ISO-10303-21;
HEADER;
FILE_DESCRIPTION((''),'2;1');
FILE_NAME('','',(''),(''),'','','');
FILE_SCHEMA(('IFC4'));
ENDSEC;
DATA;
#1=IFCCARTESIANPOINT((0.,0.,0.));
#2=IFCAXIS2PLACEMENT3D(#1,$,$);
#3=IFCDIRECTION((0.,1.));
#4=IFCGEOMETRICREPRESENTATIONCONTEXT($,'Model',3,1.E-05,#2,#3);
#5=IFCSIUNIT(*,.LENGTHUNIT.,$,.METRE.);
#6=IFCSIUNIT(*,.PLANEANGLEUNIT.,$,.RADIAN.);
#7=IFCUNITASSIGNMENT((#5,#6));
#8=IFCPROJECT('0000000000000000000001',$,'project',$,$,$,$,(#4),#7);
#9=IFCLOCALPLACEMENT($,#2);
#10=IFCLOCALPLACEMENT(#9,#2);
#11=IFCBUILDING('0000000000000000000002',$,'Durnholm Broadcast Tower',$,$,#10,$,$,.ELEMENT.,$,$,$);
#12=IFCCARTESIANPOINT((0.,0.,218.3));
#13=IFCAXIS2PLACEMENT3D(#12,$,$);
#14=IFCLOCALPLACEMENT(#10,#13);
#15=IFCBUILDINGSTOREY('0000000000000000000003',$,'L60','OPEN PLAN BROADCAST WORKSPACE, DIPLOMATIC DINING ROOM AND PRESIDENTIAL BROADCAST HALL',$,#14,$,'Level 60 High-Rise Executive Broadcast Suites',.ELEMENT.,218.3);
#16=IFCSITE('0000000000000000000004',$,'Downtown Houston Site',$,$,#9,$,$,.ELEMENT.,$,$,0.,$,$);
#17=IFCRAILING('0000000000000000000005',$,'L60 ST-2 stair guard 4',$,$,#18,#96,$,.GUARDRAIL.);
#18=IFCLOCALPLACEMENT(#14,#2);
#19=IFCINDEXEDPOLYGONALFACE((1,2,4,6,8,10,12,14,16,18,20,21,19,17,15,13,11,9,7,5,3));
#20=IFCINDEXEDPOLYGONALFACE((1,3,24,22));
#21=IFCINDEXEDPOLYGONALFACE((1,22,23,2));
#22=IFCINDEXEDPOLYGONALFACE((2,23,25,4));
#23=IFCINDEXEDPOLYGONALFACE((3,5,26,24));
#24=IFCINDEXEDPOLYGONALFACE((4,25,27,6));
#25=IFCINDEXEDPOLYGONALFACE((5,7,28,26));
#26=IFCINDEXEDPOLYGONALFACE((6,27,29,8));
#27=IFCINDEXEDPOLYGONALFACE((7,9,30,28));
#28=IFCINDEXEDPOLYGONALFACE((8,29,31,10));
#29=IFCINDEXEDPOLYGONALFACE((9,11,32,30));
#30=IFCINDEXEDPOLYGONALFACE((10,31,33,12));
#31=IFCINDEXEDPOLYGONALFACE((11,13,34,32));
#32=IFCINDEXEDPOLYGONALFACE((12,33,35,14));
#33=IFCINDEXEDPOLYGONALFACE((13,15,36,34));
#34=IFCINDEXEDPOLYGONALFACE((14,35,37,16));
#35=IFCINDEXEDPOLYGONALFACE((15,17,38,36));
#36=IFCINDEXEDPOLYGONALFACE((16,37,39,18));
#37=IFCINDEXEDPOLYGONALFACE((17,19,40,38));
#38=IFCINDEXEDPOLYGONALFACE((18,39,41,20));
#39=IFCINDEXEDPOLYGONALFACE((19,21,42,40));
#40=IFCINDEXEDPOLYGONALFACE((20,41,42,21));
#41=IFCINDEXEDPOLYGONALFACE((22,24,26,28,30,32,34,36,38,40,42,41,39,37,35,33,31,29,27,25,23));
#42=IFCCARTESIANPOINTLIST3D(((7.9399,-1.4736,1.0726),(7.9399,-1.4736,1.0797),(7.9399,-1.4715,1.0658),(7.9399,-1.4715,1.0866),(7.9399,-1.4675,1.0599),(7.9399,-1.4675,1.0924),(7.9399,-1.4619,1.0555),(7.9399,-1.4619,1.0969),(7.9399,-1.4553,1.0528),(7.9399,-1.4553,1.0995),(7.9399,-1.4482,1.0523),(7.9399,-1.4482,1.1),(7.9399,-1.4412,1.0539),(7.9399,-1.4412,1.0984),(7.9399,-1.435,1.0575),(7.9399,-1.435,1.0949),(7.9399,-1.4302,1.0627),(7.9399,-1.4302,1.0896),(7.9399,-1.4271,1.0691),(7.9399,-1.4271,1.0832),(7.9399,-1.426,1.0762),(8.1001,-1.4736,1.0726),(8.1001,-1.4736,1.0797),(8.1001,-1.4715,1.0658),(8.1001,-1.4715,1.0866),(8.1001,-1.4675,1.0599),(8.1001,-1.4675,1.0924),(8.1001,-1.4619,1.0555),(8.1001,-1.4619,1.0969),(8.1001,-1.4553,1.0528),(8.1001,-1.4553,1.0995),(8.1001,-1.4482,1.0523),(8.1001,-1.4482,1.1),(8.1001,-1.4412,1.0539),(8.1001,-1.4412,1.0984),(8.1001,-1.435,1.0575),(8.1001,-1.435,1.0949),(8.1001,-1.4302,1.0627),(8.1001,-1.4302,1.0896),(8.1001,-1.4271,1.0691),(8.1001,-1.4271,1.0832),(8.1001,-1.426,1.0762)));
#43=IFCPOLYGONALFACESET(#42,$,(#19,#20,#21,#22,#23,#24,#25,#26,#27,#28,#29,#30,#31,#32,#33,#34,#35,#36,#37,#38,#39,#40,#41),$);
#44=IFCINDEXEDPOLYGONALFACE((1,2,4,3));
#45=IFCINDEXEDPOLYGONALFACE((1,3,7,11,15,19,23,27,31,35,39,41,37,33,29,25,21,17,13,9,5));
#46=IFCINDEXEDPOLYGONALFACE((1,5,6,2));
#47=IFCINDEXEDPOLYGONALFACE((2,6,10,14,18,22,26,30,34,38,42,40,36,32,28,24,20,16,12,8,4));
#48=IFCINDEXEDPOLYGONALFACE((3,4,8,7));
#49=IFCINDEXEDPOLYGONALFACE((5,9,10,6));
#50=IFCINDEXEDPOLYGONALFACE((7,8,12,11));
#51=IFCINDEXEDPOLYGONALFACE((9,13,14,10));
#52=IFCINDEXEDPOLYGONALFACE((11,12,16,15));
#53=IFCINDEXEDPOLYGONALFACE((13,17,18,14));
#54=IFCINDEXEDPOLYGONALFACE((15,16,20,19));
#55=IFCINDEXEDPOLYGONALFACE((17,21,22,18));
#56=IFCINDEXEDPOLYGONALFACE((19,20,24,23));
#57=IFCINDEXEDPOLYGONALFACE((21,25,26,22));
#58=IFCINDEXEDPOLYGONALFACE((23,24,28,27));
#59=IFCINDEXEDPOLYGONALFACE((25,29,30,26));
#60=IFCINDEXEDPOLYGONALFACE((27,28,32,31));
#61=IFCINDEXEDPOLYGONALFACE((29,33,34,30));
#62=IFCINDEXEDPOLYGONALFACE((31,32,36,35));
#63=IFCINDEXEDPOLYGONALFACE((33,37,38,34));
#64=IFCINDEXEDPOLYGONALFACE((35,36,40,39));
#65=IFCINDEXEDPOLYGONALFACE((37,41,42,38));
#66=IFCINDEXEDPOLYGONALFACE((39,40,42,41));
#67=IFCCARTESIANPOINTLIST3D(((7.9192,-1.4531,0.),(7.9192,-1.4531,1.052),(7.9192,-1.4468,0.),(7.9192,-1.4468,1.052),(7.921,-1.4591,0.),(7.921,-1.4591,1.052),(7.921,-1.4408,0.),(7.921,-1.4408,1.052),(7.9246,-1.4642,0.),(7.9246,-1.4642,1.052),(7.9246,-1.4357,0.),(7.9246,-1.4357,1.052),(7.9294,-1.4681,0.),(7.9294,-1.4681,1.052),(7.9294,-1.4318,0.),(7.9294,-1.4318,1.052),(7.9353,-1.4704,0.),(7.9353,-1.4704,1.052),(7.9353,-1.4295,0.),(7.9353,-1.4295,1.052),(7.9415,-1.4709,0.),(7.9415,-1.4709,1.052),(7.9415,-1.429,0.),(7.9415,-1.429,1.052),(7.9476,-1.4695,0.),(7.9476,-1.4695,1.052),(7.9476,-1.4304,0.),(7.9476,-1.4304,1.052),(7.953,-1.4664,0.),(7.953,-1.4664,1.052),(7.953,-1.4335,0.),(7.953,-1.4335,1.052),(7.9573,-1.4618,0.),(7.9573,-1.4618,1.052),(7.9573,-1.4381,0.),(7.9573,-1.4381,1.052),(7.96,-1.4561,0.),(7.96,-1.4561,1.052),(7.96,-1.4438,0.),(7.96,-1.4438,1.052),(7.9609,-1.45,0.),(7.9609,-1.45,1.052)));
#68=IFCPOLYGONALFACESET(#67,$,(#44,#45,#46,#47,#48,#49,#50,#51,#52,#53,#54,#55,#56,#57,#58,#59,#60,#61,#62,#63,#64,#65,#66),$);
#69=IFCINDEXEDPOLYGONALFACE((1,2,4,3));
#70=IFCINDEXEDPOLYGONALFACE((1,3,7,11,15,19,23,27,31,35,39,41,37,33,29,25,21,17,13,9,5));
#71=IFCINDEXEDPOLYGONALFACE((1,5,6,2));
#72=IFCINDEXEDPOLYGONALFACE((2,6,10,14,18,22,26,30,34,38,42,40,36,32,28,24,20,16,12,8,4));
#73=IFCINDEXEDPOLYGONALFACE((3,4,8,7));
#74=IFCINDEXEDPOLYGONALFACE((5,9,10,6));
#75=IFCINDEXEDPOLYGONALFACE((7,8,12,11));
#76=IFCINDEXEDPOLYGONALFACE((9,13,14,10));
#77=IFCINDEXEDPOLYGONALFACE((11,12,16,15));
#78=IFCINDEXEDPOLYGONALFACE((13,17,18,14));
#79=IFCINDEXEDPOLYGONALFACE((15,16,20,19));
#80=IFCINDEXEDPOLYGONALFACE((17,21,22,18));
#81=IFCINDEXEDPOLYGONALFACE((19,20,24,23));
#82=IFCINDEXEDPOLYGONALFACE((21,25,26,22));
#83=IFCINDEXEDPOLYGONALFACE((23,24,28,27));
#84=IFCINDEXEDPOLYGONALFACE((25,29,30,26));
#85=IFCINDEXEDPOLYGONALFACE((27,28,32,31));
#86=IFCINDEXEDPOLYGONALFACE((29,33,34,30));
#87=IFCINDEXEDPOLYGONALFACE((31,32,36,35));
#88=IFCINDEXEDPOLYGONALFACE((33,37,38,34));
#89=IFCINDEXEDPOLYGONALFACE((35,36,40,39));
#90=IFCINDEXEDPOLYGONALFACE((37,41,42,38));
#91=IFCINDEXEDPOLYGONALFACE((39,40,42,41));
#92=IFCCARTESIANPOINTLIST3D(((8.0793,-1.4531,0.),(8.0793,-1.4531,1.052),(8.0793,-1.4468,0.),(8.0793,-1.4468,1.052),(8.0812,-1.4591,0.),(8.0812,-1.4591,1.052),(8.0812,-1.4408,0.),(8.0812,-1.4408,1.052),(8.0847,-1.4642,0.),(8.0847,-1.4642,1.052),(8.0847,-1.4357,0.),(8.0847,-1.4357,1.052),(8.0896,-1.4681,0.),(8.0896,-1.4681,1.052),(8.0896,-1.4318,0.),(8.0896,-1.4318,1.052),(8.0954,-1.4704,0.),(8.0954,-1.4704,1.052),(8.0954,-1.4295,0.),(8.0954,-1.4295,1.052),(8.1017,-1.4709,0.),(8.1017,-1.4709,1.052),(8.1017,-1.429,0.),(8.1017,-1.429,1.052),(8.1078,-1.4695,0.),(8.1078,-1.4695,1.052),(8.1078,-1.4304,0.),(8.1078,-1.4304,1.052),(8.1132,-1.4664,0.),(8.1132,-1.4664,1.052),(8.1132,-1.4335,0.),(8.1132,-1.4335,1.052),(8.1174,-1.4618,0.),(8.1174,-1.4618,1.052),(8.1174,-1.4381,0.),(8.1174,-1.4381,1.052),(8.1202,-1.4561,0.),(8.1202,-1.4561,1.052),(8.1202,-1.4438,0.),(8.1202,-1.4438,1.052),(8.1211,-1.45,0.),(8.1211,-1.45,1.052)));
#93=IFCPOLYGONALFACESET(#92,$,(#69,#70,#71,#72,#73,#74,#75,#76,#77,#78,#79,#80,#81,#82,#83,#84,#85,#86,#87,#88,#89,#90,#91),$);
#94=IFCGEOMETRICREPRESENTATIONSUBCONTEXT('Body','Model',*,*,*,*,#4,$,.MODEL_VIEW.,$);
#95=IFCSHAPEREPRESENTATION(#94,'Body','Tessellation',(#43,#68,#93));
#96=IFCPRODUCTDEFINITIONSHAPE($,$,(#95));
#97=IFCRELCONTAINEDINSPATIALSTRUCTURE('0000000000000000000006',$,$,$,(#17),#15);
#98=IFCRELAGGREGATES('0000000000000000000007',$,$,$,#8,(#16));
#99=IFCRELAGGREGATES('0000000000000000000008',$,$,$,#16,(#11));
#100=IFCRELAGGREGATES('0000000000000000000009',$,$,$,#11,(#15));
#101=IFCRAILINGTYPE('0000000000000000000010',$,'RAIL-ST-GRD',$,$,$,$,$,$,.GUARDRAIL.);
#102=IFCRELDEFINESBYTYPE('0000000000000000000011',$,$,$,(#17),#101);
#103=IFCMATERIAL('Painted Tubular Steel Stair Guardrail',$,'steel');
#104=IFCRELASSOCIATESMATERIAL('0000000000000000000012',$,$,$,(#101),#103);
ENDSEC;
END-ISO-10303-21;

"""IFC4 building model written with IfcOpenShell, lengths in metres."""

from ifc_helpers import new_model, si_unit, direction, frame, origin, origin_2d, place, context, subcontext, project, spatial, circle, extrude, material, type_object, element, save


model = new_model("IFC4")

# Units and contexts
model_context = context("Model", 3, precision=1e-05, world=origin(), true_north=direction((0.0, 1.0)))
body_context = subcontext(model_context, "Body", "Model", "MODEL_VIEW")
ifc_project = project(units=[si_unit("LENGTHUNIT", "METRE"), si_unit("PLANEANGLEUNIT", "RADIAN")], contexts=[model_context])

# Site, building, storey
site_placement = place(None, origin())
site = spatial("IfcSite", under=ifc_project, at=site_placement, Name="Downtown Houston Site", CompositionType="ELEMENT", RefElevation=0.0)
building_placement = place(site_placement, origin())
building = spatial("IfcBuilding", under=site, at=building_placement, Name="Durnholm Broadcast Tower", CompositionType="ELEMENT")
storey_placement = place(building_placement, frame((0.0, 0.0, 218.3)))
storey = spatial("IfcBuildingStorey", under=building, at=storey_placement, Name="L60", Description="OPEN PLAN BROADCAST WORKSPACE, DIPLOMATIC DINING ROOM AND PRESIDENTIAL BROADCAST HALL", LongName="Level 60 High-Rise Executive Broadcast Suites", CompositionType="ELEMENT", Elevation=218.3)

# Railing
ifc_material_1 = material(Name="Painted Tubular Steel Stair Guardrail", Category="steel")
railing_type_1 = type_object("IfcRailingType", Name="RAIL-ST-GRD", PredefinedType="GUARDRAIL", material=ifc_material_1)
railing_1_placement = place(storey_placement, frame((7.9399, -1.45, 0.0)))
element("IfcRailing", 1, at=railing_1_placement, inside=storey, type_object=railing_type_1, Name="L60 ST-2 stair guard 4", PredefinedType="GUARDRAIL", context=body_context, shape_type="SweptSolid", body=[
    extrude(circle(Radius=0.0239, at=origin_2d()), frame((0.0, 0.0, 1.0762), z_axis=(1.0, 0.0, 0.0), x_axis=(0.0, 1.0, 0.0)), (0.0, 0.0, 1.0), 0.1602),
    extrude(circle(Radius=0.021, at=origin_2d()), origin(), (0.0, 0.0, 1.0), 1.052),
    extrude(circle(Radius=0.021, at=origin_2d()), frame((0.1602, 0.0, 0.0)), (0.0, 0.0, 1.0), 1.052),
])

save(model, "model.ifc")
